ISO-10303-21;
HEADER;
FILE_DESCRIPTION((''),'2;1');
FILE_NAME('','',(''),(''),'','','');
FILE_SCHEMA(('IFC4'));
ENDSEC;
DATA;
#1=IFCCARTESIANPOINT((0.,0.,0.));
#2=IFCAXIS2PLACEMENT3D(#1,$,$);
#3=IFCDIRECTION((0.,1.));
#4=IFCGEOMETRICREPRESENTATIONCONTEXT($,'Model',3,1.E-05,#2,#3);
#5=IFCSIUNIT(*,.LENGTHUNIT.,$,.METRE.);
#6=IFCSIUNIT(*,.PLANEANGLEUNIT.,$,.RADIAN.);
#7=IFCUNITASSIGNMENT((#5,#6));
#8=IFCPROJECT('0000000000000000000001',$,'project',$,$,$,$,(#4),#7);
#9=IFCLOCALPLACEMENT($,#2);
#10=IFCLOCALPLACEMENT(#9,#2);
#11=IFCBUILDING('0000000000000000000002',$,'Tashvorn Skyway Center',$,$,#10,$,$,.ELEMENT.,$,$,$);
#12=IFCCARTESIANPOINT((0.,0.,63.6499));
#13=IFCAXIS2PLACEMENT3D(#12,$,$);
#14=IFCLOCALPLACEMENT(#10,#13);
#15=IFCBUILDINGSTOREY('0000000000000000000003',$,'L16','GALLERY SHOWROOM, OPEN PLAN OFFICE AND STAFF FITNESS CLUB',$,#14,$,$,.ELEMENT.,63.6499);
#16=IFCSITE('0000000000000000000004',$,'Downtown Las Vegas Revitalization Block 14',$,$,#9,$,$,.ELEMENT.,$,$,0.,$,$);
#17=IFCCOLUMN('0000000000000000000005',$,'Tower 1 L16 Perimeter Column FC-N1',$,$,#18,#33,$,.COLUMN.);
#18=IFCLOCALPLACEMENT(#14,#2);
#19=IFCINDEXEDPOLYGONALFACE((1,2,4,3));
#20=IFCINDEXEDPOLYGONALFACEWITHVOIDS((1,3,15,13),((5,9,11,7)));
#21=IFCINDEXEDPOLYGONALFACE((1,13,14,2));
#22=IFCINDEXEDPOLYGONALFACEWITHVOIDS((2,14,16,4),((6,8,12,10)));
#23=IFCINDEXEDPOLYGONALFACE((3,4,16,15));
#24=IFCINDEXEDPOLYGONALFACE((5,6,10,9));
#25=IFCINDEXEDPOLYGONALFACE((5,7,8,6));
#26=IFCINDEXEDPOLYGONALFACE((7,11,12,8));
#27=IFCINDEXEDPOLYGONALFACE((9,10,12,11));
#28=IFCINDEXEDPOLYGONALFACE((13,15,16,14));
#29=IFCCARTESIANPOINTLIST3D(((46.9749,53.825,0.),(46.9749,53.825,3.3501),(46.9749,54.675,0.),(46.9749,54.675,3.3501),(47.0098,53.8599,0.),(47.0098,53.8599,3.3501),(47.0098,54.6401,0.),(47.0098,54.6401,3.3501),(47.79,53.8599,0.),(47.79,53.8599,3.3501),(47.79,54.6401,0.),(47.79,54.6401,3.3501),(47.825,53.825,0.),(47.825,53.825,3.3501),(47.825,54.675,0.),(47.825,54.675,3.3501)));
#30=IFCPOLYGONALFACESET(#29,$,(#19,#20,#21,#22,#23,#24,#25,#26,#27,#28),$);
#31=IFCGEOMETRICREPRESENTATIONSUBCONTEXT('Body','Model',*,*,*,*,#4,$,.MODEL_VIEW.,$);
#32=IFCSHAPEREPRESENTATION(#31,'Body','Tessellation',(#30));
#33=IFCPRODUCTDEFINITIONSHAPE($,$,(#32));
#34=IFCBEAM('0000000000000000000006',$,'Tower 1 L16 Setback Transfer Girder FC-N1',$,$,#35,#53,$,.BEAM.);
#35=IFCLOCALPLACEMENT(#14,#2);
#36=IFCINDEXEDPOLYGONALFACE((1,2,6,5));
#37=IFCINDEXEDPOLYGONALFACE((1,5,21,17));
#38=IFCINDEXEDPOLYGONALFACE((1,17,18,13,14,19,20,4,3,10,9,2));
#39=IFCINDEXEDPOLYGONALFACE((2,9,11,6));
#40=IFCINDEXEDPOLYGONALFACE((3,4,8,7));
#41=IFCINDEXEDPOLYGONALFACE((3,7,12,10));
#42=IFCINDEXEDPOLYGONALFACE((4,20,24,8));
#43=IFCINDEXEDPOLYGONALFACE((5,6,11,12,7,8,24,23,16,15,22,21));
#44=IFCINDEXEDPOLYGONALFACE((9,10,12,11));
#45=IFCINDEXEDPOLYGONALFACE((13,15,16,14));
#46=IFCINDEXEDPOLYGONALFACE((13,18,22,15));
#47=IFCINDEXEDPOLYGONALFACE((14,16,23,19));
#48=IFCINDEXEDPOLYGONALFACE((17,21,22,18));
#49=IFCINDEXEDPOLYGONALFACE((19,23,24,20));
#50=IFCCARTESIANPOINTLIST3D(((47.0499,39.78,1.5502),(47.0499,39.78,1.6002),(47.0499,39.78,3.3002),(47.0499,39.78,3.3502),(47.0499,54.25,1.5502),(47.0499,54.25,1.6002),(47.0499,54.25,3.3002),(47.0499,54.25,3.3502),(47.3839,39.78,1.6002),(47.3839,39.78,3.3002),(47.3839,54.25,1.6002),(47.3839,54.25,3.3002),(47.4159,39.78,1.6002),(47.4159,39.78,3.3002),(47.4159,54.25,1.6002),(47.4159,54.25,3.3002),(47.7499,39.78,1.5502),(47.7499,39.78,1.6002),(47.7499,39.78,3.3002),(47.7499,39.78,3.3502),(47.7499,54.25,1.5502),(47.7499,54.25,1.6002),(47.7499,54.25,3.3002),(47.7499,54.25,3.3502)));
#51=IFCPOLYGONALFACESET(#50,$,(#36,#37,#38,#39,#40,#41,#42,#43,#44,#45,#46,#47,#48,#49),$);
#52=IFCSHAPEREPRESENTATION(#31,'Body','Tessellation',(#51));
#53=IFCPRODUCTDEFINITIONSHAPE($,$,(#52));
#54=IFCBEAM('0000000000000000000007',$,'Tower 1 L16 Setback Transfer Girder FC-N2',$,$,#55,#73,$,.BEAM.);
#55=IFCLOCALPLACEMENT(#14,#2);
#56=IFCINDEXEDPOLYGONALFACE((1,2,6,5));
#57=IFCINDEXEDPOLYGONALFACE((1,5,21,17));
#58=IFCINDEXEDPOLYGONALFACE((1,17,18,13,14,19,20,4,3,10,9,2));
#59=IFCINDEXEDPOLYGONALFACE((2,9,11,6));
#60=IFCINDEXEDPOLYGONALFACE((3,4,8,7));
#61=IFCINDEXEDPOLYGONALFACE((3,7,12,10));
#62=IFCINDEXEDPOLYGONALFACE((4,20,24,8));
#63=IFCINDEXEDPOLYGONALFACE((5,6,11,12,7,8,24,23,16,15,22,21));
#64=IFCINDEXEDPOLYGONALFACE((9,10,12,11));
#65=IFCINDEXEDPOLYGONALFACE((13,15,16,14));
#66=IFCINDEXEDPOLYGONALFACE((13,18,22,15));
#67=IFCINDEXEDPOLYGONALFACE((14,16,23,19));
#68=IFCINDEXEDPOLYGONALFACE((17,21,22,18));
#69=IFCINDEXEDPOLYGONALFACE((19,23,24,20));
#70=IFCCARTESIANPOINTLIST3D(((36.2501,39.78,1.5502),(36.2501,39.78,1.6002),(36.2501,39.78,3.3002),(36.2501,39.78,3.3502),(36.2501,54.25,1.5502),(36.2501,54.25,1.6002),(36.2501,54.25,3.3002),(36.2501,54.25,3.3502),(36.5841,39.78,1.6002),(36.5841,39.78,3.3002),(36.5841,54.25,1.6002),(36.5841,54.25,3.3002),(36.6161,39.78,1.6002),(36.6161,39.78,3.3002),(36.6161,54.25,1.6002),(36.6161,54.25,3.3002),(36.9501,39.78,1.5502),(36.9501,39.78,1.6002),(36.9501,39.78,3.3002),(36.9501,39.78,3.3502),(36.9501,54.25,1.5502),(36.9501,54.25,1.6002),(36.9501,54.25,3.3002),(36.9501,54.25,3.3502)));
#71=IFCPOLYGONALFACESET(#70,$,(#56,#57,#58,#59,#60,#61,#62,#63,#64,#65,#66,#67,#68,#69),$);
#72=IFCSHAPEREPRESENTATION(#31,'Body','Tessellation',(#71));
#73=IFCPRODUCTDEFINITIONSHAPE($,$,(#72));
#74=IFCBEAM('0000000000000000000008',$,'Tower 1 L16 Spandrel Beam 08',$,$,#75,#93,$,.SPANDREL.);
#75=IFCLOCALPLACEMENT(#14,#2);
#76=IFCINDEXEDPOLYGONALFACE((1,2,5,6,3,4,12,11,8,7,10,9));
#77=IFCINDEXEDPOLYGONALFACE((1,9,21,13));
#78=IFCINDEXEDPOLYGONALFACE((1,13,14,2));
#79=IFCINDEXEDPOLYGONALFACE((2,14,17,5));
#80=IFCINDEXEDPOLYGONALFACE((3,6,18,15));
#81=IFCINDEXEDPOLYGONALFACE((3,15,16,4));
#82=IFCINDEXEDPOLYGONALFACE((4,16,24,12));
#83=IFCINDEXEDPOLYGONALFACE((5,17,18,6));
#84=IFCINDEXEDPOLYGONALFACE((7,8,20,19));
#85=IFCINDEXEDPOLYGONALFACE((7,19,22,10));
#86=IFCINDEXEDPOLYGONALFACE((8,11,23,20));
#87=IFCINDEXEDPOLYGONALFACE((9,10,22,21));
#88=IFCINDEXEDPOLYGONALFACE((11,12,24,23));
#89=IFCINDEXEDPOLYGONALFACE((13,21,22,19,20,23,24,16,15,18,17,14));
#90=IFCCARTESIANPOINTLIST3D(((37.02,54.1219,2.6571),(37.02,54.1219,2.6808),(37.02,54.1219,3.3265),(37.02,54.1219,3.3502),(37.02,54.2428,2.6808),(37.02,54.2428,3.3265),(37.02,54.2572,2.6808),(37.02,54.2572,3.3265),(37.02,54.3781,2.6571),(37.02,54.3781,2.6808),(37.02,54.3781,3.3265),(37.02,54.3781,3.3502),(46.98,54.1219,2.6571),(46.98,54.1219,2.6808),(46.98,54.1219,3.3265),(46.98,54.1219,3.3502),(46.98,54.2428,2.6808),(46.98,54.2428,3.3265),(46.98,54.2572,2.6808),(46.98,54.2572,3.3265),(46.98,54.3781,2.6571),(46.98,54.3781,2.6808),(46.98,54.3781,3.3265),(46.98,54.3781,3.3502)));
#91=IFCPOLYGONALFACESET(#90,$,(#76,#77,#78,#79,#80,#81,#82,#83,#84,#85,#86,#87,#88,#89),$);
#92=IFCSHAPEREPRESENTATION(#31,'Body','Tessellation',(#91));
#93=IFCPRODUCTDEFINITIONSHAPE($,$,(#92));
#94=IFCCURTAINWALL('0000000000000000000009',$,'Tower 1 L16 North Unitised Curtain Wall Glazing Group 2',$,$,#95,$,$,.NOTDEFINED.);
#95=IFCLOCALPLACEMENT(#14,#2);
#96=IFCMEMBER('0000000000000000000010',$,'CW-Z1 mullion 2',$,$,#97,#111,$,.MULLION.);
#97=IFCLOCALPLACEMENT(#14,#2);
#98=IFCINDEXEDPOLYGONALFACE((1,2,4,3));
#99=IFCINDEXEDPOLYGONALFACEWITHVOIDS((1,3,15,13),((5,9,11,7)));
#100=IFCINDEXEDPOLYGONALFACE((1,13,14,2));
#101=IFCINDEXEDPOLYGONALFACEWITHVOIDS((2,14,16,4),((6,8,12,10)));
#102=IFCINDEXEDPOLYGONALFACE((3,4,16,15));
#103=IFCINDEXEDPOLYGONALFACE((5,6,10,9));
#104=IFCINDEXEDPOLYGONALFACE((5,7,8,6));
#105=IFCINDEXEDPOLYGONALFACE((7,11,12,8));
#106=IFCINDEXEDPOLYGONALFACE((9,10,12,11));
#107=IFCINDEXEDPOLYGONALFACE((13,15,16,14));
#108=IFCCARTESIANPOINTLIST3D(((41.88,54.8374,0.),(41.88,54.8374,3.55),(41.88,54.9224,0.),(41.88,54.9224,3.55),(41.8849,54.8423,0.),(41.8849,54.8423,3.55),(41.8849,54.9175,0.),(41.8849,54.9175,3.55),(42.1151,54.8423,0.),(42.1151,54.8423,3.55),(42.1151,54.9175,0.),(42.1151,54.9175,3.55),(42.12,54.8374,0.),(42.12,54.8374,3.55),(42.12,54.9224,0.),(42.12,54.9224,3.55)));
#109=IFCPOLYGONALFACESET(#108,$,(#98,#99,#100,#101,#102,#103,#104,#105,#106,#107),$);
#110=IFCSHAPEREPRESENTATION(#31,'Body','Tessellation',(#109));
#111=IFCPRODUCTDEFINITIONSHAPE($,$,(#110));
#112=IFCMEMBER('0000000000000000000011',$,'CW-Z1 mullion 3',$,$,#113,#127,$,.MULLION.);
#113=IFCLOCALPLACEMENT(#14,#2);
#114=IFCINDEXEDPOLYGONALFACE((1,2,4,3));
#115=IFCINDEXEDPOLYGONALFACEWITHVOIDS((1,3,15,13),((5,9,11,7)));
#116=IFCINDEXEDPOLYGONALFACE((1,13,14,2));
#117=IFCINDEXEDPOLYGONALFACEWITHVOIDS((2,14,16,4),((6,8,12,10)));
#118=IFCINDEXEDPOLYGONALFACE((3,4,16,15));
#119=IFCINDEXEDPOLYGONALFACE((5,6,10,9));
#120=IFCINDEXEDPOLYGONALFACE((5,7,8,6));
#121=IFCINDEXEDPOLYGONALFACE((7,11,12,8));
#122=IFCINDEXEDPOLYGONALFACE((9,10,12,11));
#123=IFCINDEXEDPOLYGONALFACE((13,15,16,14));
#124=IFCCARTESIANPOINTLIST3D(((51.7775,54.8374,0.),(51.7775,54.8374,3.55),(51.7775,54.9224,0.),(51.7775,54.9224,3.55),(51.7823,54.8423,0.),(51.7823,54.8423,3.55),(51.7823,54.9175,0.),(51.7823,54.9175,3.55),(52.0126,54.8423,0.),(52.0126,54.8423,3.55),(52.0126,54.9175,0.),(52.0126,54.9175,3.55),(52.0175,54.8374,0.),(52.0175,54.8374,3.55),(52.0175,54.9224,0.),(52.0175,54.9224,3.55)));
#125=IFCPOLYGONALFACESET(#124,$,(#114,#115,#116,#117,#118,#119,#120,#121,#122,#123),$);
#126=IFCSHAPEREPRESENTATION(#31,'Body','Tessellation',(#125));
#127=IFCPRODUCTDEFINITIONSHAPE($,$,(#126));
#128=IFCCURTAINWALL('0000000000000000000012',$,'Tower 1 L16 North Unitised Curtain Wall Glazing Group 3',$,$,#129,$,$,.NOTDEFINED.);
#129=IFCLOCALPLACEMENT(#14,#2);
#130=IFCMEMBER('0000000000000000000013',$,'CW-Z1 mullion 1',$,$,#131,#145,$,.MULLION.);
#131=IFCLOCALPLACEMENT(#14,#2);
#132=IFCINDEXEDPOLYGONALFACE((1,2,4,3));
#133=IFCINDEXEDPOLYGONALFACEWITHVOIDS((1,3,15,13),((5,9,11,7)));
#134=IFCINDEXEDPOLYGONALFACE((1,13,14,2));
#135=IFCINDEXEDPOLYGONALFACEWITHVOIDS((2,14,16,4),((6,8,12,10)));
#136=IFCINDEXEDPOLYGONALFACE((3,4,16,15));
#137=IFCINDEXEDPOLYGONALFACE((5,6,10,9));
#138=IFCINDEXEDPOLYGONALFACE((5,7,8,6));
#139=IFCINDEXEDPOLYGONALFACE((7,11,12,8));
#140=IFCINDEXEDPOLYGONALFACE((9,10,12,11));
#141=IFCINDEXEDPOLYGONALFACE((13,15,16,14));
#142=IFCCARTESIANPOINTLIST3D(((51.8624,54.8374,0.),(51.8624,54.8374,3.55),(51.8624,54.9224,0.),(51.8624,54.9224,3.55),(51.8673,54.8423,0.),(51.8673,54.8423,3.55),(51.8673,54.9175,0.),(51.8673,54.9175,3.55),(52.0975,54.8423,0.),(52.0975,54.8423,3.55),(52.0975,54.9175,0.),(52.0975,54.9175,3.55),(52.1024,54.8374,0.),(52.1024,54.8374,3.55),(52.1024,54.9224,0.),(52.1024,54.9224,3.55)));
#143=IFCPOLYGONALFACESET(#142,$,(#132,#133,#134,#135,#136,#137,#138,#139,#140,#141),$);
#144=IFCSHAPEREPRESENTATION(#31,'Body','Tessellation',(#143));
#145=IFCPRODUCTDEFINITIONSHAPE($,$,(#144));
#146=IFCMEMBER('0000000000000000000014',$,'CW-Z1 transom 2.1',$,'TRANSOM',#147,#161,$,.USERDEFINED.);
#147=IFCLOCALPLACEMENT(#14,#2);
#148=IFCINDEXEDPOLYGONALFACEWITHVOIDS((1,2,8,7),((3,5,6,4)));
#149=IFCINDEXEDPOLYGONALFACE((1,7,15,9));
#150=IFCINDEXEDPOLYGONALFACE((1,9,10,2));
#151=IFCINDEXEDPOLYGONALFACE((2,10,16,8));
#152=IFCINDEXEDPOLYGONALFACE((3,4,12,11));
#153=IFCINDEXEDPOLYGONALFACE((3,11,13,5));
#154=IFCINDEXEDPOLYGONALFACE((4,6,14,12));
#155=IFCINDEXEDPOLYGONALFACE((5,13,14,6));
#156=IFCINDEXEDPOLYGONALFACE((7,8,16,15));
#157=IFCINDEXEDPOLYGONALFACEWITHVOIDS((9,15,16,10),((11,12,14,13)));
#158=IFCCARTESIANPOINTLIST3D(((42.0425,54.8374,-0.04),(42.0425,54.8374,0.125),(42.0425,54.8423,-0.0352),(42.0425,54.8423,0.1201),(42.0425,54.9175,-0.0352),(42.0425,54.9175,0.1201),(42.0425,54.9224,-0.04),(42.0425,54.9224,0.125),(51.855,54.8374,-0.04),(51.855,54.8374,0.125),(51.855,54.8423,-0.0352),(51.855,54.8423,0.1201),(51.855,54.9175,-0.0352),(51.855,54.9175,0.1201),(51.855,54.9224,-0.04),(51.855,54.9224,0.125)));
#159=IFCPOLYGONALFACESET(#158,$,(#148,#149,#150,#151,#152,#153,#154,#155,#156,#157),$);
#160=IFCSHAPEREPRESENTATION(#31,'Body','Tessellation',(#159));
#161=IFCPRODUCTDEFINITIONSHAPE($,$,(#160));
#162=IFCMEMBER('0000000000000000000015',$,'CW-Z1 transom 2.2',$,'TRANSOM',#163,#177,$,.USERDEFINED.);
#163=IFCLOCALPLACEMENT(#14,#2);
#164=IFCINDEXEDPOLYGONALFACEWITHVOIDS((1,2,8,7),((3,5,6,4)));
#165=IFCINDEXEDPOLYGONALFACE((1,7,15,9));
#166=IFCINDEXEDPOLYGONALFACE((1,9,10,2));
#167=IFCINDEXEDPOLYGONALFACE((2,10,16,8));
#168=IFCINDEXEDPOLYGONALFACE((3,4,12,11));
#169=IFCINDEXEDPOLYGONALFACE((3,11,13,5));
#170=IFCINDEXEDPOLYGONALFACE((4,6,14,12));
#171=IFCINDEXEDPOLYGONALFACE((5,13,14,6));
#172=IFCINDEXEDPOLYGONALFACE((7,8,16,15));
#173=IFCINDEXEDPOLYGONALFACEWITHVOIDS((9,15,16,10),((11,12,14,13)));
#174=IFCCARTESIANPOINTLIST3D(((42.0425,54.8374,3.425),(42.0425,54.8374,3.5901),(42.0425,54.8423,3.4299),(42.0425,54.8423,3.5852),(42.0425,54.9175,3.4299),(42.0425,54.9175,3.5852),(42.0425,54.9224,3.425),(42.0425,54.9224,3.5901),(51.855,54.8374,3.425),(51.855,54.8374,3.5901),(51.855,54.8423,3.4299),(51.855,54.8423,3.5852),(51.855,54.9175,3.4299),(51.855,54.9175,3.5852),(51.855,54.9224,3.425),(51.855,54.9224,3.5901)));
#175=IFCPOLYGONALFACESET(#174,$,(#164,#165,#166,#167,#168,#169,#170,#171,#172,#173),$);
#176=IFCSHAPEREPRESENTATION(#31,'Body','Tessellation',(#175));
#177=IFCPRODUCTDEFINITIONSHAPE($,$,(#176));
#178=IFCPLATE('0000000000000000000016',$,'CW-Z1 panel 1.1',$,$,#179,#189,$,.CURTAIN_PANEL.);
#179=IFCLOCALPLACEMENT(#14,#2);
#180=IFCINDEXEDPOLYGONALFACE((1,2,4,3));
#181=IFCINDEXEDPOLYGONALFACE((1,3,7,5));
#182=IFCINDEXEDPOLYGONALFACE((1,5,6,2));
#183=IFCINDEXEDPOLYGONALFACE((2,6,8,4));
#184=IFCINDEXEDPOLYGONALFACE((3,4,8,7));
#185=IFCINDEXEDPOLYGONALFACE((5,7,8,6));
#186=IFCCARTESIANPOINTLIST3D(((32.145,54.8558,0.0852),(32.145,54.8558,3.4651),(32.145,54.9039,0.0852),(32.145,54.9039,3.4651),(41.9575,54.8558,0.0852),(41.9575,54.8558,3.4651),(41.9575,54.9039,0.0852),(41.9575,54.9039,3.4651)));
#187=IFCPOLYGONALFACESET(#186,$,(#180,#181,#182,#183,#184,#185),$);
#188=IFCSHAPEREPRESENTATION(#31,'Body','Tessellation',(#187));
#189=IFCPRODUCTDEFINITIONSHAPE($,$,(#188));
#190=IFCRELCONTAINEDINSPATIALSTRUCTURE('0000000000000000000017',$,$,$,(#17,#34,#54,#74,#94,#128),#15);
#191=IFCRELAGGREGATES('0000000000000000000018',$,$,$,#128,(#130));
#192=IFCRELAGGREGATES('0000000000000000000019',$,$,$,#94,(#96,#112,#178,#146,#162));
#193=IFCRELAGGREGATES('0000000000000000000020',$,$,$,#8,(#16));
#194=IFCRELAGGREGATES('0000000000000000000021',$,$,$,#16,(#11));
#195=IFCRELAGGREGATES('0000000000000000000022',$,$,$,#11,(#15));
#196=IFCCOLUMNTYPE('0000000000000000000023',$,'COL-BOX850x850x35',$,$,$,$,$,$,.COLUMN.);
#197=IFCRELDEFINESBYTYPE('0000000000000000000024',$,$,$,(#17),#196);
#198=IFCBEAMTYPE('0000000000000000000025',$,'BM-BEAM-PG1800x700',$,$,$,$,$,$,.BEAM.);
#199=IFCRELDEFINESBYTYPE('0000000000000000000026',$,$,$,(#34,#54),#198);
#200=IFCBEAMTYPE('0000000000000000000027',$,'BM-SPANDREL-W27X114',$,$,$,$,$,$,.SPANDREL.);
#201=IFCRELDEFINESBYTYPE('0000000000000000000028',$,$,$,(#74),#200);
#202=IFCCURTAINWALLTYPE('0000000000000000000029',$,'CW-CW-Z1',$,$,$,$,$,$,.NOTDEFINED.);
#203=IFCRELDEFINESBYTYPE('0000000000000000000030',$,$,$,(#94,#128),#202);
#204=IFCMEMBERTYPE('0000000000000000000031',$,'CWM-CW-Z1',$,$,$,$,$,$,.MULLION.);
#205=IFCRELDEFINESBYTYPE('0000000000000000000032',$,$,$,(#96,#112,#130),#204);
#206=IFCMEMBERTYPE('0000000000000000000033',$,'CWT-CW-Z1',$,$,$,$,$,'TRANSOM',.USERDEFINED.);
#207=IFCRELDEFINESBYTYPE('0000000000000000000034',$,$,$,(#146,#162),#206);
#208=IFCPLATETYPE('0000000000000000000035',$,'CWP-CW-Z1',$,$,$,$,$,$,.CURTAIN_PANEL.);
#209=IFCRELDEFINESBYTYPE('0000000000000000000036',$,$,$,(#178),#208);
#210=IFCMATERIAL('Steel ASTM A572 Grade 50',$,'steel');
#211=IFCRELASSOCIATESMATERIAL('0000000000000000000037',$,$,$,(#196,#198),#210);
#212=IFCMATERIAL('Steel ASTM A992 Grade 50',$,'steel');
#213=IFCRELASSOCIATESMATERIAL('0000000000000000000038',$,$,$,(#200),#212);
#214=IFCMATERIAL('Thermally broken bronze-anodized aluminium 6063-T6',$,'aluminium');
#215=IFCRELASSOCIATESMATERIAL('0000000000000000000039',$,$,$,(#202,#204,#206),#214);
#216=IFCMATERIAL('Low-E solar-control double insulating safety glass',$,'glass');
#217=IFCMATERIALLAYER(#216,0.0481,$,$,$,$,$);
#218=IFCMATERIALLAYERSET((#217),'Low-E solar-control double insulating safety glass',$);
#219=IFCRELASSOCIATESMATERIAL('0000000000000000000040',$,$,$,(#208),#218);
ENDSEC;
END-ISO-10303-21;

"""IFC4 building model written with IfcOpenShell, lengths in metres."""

from ifc_helpers import new_model, si_unit, direction, frame, origin, origin_2d, place, context, subcontext, project, spatial, rectangle, hollow_rectangle, i_section, extrude, material, layer, layer_set, material_profile, profile_set, type_object, element, aggregate, save


model = new_model("IFC4")

# Units and contexts
model_context = context("Model", 3, precision=1e-05, world=origin(), true_north=direction((0.0, 1.0)))
body_context = subcontext(model_context, "Body", "Model", "MODEL_VIEW")
ifc_project = project(units=[si_unit("LENGTHUNIT", "METRE"), si_unit("PLANEANGLEUNIT", "RADIAN")], contexts=[model_context])

# Site, building, storey
site_placement = place(None, origin())
site = spatial("IfcSite", under=ifc_project, at=site_placement, Name="Downtown Las Vegas Revitalization Block 14", CompositionType="ELEMENT", RefElevation=0.0)
building_placement = place(site_placement, origin())
building = spatial("IfcBuilding", under=site, at=building_placement, Name="Tashvorn Skyway Center", CompositionType="ELEMENT")
storey_placement = place(building_placement, frame((0.0, 0.0, 63.6499)))
storey = spatial("IfcBuildingStorey", under=building, at=storey_placement, Name="L16", Description="GALLERY SHOWROOM, OPEN PLAN OFFICE AND STAFF FITNESS CLUB", CompositionType="ELEMENT", Elevation=63.6499)

# Column
ifc_material_1 = material(Name="Steel ASTM A572 Grade 50", Category="steel")
ifc_material_profile_1 = material_profile(ifc_material_1, hollow_rectangle(XDim=0.8501, YDim=0.8501, WallThickness=0.0349, at=origin_2d()), Name="BOX850x850x35")
ifc_profile_set_1 = profile_set([ifc_material_profile_1], Name="Steel ASTM A572 Grade 50")
column_type = type_object("IfcColumnType", Name="COL-BOX850x850x35", PredefinedType="COLUMN", material=ifc_profile_set_1)
column_placement = place(storey_placement, frame((47.3999, 54.25, 0.0), z_axis=(0.0, 0.0, 1.0), x_axis=(1.0, 0.0, 0.0)))
element("IfcColumn", 1, at=column_placement, inside=storey, type_object=column_type, Name="Tower 1 L16 Perimeter Column FC-N1", PredefinedType="COLUMN", context=body_context, shape_type="SweptSolid", body=[
    extrude(hollow_rectangle(XDim=0.8501, YDim=0.8501, WallThickness=0.0349, at=origin_2d()), origin(), (0.0, 0.0, 1.0), 3.3501),
])

# Beams
ifc_material_profile_2 = material_profile(ifc_material_1, i_section(OverallWidth=0.7, OverallDepth=1.8, WebThickness=0.032, FlangeThickness=0.05, at=origin_2d()), Name="PG1800x700")
ifc_profile_set_2 = profile_set([ifc_material_profile_2], Name="Steel ASTM A572 Grade 50")
beam_type_1 = type_object("IfcBeamType", Name="BM-BEAM-PG1800x700", PredefinedType="BEAM", material=ifc_profile_set_2)
for number, where, z_axis, x_axis, name in (
    (2, (47.3999, 54.25, 2.4502), (0.0, -1.0, 0.0), (1.0, 0.0, 0.0), "Tower 1 L16 Setback Transfer Girder FC-N1"),
    (3, (36.6001, 54.25, 2.4502), (0.0, -1.0, 0.0), (1.0, 0.0, 0.0), "Tower 1 L16 Setback Transfer Girder FC-N2"),
):
    element("IfcBeam", number, at=place(storey_placement, frame(where, z_axis=z_axis, x_axis=x_axis)), inside=storey, type_object=beam_type_1, Name=name, PredefinedType="BEAM", context=body_context, shape_type="SweptSolid", body=[
        extrude(i_section(OverallWidth=0.7, OverallDepth=1.8, WebThickness=0.032, FlangeThickness=0.05, at=origin_2d()), origin(), (0.0, 0.0, 1.0), 14.47),
    ])
ifc_material_2 = material(Name="Steel ASTM A992 Grade 50", Category="steel")
ifc_material_profile_3 = material_profile(ifc_material_2, i_section(OverallWidth=0.2561, OverallDepth=0.6931, WebThickness=0.0144, FlangeThickness=0.0237, at=origin_2d()), Name="W27X114")
ifc_profile_set_3 = profile_set([ifc_material_profile_3], Name="Steel ASTM A992 Grade 50")
beam_type_2 = type_object("IfcBeamType", Name="BM-SPANDREL-W27X114", PredefinedType="SPANDREL", material=ifc_profile_set_3)
beam_placement = place(storey_placement, frame((46.98, 54.25, 3.0037), z_axis=(-1.0, 0.0, 0.0), x_axis=(0.0, -1.0, 0.0)))
element("IfcBeam", 4, at=beam_placement, inside=storey, type_object=beam_type_2, Name="Tower 1 L16 Spandrel Beam 08", PredefinedType="SPANDREL", context=body_context, shape_type="SweptSolid", body=[
    extrude(i_section(OverallWidth=0.2561, OverallDepth=0.6931, WebThickness=0.0144, FlangeThickness=0.0237, at=origin_2d()), origin(), (0.0, 0.0, 1.0), 9.96),
])

# Curtain wall, members
ifc_material_3 = material(Name="Thermally broken bronze-anodized aluminium 6063-T6", Category="aluminium")
curtain_wall_type = type_object("IfcCurtainWallType", Name="CW-CW-Z1", PredefinedType="NOTDEFINED", material=ifc_material_3)
curtain_wall_1_placement = place(storey_placement, origin())
curtain_wall_1 = element("IfcCurtainWall", 5, at=curtain_wall_1_placement, inside=storey, type_object=curtain_wall_type, Name="Tower 1 L16 North Unitised Curtain Wall Glazing Group 2", PredefinedType="NOTDEFINED")
ifc_material_profile_4 = material_profile(ifc_material_3, hollow_rectangle(XDim=0.085, YDim=0.24, WallThickness=0.0049, at=origin_2d()), Name="ALU-MULL-85x240")
ifc_profile_set_4 = profile_set([ifc_material_profile_4], Name="Thermally broken bronze-anodized aluminium 6063-T6")
member_type_1 = type_object("IfcMemberType", Name="CWM-CW-Z1", PredefinedType="MULLION", material=ifc_profile_set_4)
member_1_placement = place(storey_placement, frame((42.0, 54.8799, 0.0), z_axis=(0.0, 0.0, 1.0), x_axis=(0.0, 1.0, 0.0)))
member_1 = element("IfcMember", 6, at=member_1_placement, type_object=member_type_1, Name="CW-Z1 mullion 2", PredefinedType="MULLION", context=body_context, shape_type="SweptSolid", body=[
    extrude(hollow_rectangle(XDim=0.085, YDim=0.24, WallThickness=0.0049, at=origin_2d()), origin(), (0.0, 0.0, 1.0), 3.55),
])
member_2_placement = place(storey_placement, frame((51.8975, 54.8799, 0.0), z_axis=(0.0, 0.0, 1.0), x_axis=(0.0, 1.0, 0.0)))
member_2 = element("IfcMember", 7, at=member_2_placement, type_object=member_type_1, Name="CW-Z1 mullion 3", PredefinedType="MULLION", context=body_context, shape_type="SweptSolid", body=[
    extrude(hollow_rectangle(XDim=0.085, YDim=0.24, WallThickness=0.0049, at=origin_2d()), origin(), (0.0, 0.0, 1.0), 3.55),
])

# Curtain wall, member
curtain_wall_2_placement = place(storey_placement, origin())
curtain_wall_2 = element("IfcCurtainWall", 8, at=curtain_wall_2_placement, inside=storey, type_object=curtain_wall_type, Name="Tower 1 L16 North Unitised Curtain Wall Glazing Group 3", PredefinedType="NOTDEFINED")
member_3_placement = place(storey_placement, frame((51.9824, 54.8799, 0.0), z_axis=(0.0, 0.0, 1.0), x_axis=(0.0, 1.0, 0.0)))
member_3 = element("IfcMember", 9, at=member_3_placement, type_object=member_type_1, Name="CW-Z1 mullion 1", PredefinedType="MULLION", context=body_context, shape_type="SweptSolid", body=[
    extrude(hollow_rectangle(XDim=0.085, YDim=0.24, WallThickness=0.0049, at=origin_2d()), origin(), (0.0, 0.0, 1.0), 3.55),
])
aggregate(curtain_wall_2, [member_3])

# Members
ifc_material_profile_5 = material_profile(ifc_material_3, hollow_rectangle(XDim=0.085, YDim=0.165, WallThickness=0.0049, at=origin_2d()), Name="ALU-TRAN-85x165")
ifc_profile_set_5 = profile_set([ifc_material_profile_5], Name="Thermally broken bronze-anodized aluminium 6063-T6")
member_type_2 = type_object("IfcMemberType", Name="CWT-CW-Z1", ElementType="TRANSOM", PredefinedType="USERDEFINED", material=ifc_profile_set_5)
member_4_placement = place(storey_placement, frame((42.0425, 54.8799, 0.0425), z_axis=(1.0, 0.0, 0.0), x_axis=(0.0, 1.0, 0.0)))
member_4 = element("IfcMember", 10, at=member_4_placement, type_object=member_type_2, Name="CW-Z1 transom 2.1", ObjectType="TRANSOM", PredefinedType="USERDEFINED", context=body_context, shape_type="SweptSolid", body=[
    extrude(hollow_rectangle(XDim=0.085, YDim=0.165, WallThickness=0.0049, at=origin_2d()), origin(), (0.0, 0.0, 1.0), 9.8125),
])
member_5_placement = place(storey_placement, frame((42.0425, 54.8799, 3.5076), z_axis=(1.0, 0.0, 0.0), x_axis=(0.0, 1.0, 0.0)))
member_5 = element("IfcMember", 11, at=member_5_placement, type_object=member_type_2, Name="CW-Z1 transom 2.2", ObjectType="TRANSOM", PredefinedType="USERDEFINED", context=body_context, shape_type="SweptSolid", body=[
    extrude(hollow_rectangle(XDim=0.085, YDim=0.165, WallThickness=0.0049, at=origin_2d()), origin(), (0.0, 0.0, 1.0), 9.8125),
])

# Plate
ifc_material_4 = material(Name="Low-E solar-control double insulating safety glass", Category="glass")
ifc_layer_1 = layer(ifc_material_4, 0.0481)
ifc_layer_set_1 = layer_set([ifc_layer_1], Name="Low-E solar-control double insulating safety glass")
plate_type_1 = type_object("IfcPlateType", Name="CWP-CW-Z1", PredefinedType="CURTAIN_PANEL", material=ifc_layer_set_1)
plate_1_placement = place(storey_placement, frame((37.0513, 54.8799, 0.0852), z_axis=(0.0, 0.0, 1.0), x_axis=(1.0, 0.0, 0.0)))
plate_1 = element("IfcPlate", 12, at=plate_1_placement, type_object=plate_type_1, Name="CW-Z1 panel 1.1", PredefinedType="CURTAIN_PANEL", context=body_context, shape_type="SweptSolid", body=[
    extrude(rectangle(XDim=9.8125, YDim=0.0481, at=origin_2d()), origin(), (0.0, 0.0, 1.0), 3.3799),
])
aggregate(curtain_wall_1, [member_1, member_2, plate_1, member_4, member_5])

save(model, "model.ifc")
